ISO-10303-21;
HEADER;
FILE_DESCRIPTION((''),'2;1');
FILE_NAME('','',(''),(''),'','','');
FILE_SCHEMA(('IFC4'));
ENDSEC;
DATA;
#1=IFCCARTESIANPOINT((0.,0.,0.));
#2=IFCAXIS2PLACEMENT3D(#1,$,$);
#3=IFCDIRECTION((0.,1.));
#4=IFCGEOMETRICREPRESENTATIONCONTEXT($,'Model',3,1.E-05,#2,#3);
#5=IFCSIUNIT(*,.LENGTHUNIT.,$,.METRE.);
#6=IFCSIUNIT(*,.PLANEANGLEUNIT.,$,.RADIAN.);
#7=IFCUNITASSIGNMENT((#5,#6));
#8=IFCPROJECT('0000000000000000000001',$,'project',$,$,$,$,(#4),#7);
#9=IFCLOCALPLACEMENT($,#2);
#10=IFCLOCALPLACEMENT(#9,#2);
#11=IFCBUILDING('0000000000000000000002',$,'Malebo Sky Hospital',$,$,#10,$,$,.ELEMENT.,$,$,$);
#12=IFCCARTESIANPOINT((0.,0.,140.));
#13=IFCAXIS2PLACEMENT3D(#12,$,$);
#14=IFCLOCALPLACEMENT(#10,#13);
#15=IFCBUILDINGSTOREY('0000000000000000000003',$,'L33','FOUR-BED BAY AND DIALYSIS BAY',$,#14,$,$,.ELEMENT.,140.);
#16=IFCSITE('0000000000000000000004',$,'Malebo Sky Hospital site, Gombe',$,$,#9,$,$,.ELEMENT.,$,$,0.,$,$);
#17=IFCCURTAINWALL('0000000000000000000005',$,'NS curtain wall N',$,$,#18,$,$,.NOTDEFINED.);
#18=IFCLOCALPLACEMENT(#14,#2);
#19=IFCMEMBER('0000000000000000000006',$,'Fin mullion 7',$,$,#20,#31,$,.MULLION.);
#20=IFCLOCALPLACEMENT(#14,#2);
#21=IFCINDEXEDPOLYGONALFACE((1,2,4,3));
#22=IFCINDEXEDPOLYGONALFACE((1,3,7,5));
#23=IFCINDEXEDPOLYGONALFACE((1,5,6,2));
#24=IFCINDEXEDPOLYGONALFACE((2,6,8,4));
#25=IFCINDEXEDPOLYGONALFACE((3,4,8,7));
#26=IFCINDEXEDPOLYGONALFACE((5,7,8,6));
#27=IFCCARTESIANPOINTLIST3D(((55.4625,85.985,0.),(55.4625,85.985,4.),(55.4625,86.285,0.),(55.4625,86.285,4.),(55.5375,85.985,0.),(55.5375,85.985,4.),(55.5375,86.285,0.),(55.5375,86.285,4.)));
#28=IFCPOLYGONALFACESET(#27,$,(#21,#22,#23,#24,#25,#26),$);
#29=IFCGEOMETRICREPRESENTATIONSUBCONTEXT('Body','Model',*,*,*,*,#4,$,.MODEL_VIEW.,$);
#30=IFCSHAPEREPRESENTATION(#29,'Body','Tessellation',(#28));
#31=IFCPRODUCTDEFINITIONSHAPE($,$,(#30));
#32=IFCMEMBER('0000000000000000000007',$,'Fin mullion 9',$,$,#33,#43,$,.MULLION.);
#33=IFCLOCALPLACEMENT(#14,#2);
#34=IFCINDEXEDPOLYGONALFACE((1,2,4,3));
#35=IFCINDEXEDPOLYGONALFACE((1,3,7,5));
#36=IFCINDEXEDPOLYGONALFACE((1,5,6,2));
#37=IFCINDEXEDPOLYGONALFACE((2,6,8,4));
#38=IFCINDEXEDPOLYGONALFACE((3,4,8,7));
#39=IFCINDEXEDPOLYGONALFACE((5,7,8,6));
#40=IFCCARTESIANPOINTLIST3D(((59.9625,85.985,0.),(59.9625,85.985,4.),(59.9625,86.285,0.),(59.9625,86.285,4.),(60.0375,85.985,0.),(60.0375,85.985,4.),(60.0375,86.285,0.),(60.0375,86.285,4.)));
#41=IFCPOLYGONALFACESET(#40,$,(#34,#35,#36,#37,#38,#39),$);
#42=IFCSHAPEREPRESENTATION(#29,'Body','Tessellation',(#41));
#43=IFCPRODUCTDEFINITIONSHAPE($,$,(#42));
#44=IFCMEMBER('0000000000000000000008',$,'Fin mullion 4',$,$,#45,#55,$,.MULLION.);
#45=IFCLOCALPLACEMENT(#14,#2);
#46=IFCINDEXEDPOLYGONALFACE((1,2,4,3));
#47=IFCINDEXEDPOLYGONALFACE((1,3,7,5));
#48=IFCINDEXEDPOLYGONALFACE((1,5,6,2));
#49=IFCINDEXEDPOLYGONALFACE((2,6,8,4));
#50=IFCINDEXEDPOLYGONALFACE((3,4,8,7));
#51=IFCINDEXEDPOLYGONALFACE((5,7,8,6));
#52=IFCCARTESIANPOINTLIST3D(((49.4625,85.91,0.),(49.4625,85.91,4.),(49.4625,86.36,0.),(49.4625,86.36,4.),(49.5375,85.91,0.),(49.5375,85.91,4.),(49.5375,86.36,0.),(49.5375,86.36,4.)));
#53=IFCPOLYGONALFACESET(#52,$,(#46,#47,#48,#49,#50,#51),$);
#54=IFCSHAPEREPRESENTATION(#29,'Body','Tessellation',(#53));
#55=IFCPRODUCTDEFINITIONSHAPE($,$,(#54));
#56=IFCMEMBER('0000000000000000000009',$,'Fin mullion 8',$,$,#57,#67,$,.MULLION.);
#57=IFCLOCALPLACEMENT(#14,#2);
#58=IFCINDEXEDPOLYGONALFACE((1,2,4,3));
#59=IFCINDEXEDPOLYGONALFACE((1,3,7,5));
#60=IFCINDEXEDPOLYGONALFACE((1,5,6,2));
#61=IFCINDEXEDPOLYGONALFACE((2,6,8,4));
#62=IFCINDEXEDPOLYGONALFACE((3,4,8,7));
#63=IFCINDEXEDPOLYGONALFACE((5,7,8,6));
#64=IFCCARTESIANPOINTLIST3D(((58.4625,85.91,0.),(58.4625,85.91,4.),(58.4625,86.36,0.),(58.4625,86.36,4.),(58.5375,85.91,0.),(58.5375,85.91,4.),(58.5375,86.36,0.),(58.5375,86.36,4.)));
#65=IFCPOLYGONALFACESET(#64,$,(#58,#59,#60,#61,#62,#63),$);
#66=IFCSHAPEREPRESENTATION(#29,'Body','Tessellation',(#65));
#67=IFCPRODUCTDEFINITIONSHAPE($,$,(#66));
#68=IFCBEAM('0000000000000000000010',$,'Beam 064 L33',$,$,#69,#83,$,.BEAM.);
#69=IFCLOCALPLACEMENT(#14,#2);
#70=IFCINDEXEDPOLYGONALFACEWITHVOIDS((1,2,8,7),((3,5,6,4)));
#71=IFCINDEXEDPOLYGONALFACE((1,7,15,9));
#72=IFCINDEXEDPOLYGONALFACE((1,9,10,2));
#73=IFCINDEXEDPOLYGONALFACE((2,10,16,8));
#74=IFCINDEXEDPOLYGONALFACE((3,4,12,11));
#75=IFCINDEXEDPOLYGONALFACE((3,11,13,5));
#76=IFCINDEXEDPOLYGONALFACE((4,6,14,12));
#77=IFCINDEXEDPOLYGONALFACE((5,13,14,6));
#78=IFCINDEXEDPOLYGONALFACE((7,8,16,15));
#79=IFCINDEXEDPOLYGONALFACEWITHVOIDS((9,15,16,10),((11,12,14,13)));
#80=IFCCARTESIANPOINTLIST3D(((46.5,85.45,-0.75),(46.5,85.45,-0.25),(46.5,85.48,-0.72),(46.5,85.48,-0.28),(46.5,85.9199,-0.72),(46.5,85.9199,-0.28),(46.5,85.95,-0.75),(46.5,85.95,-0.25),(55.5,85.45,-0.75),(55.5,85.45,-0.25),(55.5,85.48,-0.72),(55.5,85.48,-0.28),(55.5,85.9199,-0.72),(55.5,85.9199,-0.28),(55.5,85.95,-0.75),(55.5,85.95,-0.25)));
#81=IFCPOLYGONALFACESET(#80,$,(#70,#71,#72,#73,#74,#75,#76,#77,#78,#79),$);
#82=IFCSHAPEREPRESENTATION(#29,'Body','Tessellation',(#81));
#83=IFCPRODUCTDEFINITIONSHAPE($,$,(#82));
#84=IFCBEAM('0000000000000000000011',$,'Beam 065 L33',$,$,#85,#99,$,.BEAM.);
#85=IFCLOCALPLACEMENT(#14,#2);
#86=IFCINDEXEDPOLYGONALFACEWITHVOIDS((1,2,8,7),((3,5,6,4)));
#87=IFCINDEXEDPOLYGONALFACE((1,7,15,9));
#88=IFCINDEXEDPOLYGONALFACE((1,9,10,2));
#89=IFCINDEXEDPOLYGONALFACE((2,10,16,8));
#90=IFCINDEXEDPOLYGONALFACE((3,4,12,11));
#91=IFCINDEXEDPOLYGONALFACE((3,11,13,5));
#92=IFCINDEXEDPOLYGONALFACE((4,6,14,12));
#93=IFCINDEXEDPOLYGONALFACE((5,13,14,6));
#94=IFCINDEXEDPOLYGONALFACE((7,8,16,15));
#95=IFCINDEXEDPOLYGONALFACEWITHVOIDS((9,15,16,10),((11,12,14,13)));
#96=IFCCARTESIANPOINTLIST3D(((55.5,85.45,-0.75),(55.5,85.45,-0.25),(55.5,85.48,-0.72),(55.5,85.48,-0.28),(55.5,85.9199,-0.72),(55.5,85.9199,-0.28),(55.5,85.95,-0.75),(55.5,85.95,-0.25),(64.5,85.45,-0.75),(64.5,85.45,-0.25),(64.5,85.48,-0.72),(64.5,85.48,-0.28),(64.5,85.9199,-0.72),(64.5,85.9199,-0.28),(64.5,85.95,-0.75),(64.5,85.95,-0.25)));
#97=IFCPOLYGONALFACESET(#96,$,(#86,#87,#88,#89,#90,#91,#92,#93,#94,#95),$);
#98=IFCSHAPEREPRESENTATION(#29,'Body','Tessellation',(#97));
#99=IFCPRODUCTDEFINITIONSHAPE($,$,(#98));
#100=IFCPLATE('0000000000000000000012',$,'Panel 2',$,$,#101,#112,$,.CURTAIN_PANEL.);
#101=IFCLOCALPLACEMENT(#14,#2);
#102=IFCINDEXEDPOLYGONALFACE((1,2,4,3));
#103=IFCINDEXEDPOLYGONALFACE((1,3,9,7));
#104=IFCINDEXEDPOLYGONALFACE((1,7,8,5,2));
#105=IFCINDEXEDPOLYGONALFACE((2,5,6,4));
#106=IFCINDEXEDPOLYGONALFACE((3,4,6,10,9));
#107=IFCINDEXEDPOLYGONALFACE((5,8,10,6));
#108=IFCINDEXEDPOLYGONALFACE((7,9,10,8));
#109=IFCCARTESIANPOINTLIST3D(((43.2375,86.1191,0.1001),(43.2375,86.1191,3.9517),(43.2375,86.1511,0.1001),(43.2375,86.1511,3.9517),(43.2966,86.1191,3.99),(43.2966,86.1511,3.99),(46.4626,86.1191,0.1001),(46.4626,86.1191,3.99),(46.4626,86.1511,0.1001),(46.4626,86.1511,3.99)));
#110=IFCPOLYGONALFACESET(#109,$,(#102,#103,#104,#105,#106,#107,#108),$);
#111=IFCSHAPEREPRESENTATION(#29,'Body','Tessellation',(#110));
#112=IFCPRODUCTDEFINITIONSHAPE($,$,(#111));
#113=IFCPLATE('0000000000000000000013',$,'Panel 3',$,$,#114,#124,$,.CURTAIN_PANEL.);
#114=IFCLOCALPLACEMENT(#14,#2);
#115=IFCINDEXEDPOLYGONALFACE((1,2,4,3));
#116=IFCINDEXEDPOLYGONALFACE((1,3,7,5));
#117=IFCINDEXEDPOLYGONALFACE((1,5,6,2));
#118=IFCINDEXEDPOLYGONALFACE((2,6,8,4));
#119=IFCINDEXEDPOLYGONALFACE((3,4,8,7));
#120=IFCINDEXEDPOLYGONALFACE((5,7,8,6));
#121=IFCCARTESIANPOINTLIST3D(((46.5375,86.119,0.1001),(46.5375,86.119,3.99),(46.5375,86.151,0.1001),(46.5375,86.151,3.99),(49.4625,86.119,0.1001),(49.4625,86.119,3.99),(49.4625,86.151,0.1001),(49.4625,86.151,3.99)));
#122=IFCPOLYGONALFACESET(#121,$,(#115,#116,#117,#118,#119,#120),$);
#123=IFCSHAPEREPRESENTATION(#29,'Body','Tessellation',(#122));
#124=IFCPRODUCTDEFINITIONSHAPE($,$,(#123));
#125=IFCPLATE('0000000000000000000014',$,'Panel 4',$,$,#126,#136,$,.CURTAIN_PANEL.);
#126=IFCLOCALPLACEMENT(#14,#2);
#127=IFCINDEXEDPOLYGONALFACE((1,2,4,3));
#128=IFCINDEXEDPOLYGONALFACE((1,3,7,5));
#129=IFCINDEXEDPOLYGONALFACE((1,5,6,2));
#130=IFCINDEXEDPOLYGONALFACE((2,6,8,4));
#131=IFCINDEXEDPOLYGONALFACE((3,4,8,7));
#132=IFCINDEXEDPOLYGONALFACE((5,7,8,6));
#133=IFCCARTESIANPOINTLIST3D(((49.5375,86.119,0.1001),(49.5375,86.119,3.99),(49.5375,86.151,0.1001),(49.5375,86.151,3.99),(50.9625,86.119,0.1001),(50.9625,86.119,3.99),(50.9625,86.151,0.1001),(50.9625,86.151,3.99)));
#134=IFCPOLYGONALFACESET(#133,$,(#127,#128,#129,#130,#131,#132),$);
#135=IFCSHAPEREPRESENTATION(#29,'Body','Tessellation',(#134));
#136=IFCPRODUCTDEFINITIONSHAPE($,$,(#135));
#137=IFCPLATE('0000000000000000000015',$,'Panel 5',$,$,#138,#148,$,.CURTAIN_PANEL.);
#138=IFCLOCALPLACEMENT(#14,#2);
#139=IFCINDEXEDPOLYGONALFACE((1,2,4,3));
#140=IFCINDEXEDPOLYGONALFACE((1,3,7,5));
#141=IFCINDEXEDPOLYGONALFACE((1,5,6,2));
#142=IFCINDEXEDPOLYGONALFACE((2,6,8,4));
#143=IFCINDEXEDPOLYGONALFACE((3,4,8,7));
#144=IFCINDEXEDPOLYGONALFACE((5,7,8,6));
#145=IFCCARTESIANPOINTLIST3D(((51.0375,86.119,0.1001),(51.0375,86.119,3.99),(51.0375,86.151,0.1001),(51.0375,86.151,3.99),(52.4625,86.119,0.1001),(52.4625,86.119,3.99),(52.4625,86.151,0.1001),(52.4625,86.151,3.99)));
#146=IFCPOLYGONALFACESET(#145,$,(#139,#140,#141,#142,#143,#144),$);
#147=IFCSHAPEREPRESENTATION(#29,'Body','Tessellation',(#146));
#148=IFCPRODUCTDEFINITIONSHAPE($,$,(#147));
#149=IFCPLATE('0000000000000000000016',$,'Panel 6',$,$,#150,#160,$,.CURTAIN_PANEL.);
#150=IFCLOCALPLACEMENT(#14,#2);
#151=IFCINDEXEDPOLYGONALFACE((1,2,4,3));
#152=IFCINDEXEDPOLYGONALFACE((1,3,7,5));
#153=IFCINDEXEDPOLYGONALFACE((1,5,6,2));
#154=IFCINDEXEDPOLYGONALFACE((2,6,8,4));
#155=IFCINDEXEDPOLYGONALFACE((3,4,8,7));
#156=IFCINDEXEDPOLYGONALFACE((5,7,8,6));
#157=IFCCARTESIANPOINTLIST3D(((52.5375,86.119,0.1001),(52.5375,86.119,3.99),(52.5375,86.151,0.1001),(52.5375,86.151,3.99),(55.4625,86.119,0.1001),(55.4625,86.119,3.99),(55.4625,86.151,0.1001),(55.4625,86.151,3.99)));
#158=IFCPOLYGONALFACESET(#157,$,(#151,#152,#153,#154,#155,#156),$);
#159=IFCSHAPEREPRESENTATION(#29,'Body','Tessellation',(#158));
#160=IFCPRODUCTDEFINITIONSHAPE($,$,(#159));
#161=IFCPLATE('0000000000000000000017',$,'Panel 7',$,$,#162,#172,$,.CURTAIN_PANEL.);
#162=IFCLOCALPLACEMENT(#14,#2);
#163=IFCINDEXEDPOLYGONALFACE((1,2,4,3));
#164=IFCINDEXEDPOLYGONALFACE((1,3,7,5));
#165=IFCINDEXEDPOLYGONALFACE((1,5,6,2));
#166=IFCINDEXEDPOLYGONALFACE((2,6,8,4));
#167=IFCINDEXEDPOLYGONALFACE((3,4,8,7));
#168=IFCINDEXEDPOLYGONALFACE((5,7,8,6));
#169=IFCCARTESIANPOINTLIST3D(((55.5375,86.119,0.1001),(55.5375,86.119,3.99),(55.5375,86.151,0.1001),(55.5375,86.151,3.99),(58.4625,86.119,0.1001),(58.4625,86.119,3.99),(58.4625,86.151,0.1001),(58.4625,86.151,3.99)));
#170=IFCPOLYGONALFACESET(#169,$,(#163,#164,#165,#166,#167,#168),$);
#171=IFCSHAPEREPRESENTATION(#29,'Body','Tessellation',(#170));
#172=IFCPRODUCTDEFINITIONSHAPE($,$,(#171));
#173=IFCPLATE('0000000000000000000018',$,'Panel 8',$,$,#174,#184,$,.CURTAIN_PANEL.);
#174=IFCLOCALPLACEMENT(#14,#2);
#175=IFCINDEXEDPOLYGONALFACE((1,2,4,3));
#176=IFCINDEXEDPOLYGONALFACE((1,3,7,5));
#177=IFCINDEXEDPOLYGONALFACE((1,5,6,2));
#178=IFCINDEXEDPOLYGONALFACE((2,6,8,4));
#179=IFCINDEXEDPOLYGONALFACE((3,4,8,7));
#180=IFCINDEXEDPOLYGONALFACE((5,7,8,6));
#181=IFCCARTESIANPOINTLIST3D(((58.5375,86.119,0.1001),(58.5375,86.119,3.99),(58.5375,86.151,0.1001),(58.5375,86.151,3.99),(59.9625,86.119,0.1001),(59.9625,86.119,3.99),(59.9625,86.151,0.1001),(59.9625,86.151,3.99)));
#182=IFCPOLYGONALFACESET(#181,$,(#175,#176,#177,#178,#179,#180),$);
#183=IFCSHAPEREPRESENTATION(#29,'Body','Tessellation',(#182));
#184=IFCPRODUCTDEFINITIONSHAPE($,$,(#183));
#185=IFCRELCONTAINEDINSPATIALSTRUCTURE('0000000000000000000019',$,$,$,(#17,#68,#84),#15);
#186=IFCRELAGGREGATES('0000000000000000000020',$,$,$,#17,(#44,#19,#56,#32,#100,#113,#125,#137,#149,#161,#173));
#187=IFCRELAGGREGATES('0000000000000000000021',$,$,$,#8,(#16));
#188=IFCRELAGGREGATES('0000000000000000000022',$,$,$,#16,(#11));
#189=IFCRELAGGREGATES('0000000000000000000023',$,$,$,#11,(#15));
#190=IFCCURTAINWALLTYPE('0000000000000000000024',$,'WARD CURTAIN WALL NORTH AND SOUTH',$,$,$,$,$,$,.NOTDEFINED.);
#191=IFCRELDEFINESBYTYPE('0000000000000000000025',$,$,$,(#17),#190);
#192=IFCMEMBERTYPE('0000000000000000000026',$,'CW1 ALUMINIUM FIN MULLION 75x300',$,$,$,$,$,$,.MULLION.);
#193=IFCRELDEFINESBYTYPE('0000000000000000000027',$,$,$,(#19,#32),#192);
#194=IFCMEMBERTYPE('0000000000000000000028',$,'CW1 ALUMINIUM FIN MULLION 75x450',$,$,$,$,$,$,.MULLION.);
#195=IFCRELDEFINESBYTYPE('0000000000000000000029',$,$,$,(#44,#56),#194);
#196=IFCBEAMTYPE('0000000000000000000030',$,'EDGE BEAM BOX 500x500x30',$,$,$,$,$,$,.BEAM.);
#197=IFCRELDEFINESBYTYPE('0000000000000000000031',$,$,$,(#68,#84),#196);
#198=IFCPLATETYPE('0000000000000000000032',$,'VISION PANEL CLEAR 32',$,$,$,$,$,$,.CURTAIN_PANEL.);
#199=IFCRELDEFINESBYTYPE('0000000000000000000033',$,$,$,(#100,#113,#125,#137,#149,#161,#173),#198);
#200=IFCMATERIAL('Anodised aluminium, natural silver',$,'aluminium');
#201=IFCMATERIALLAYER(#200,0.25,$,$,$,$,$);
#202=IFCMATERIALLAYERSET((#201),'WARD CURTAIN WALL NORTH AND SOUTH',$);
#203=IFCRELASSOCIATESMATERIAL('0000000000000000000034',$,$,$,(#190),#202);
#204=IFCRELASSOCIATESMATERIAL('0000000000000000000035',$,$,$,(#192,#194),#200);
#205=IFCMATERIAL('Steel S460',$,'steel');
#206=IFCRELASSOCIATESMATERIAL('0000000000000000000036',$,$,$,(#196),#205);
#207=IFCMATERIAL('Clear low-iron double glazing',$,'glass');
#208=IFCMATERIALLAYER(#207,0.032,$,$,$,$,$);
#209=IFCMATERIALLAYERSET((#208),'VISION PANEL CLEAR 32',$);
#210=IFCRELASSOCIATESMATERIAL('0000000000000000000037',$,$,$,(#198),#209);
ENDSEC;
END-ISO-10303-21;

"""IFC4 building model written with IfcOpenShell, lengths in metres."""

from ifc_helpers import new_model, si_unit, direction, frame, origin, origin_2d, place, context, subcontext, project, spatial, polyline, rectangle, hollow_rectangle, outline, extrude, material, layer, layer_set, material_profile, profile_set, type_object, element, aggregate, save


model = new_model("IFC4")

# Units and contexts
model_context = context("Model", 3, precision=1e-05, world=origin(), true_north=direction((0.0, 1.0)))
body_context = subcontext(model_context, "Body", "Model", "MODEL_VIEW")
ifc_project = project(units=[si_unit("LENGTHUNIT", "METRE"), si_unit("PLANEANGLEUNIT", "RADIAN")], contexts=[model_context])

# Site, building, storey
site_placement = place(None, origin())
site = spatial("IfcSite", under=ifc_project, at=site_placement, Name="Malebo Sky Hospital site, Gombe", CompositionType="ELEMENT", RefElevation=0.0)
building_placement = place(site_placement, origin())
building = spatial("IfcBuilding", under=site, at=building_placement, Name="Malebo Sky Hospital", CompositionType="ELEMENT")
storey_placement = place(building_placement, frame((0.0, 0.0, 140.0)))
storey = spatial("IfcBuildingStorey", under=building, at=storey_placement, Name="L33", Description="FOUR-BED BAY AND DIALYSIS BAY", CompositionType="ELEMENT", Elevation=140.0)

# Shared definitions
ifc_material_1 = material(Name="Steel S460", Category="steel")

# Curtain wall, members
ifc_material_2 = material(Name="Anodised aluminium, natural silver", Category="aluminium")
ifc_layer_1 = layer(ifc_material_2, 0.25)
ifc_layer_set_1 = layer_set([ifc_layer_1], Name="WARD CURTAIN WALL NORTH AND SOUTH")
curtain_wall_type = type_object("IfcCurtainWallType", Name="WARD CURTAIN WALL NORTH AND SOUTH", PredefinedType="NOTDEFINED", material=ifc_layer_set_1)
curtain_wall_placement = place(storey_placement, origin())
curtain_wall = element("IfcCurtainWall", 1, at=curtain_wall_placement, inside=storey, type_object=curtain_wall_type, Name="NS curtain wall N", PredefinedType="NOTDEFINED")
ifc_material_profile_1 = material_profile(ifc_material_2, rectangle(XDim=0.075, YDim=0.3, at=origin_2d()), Name="CW1 ALUMINIUM FIN MULLION 75x300")
ifc_profile_set_1 = profile_set([ifc_material_profile_1], Name="Anodised aluminium, natural silver")
member_type_1 = type_object("IfcMemberType", Name="CW1 ALUMINIUM FIN MULLION 75x300", PredefinedType="MULLION", material=ifc_profile_set_1)
member_1_placement = place(storey_placement, frame((55.5, 86.135, 0.0), z_axis=(0.0, 0.0, 1.0), x_axis=(1.0, 0.0, 0.0)))
member_1 = element("IfcMember", 2, at=member_1_placement, type_object=member_type_1, Name="Fin mullion 7", PredefinedType="MULLION", context=body_context, shape_type="SweptSolid", body=[
    extrude(rectangle(XDim=0.075, YDim=0.3, at=origin_2d()), origin(), (0.0, 0.0, 1.0), 4.0),
])
member_2_placement = place(storey_placement, frame((60.0, 86.135, 0.0), z_axis=(0.0, 0.0, 1.0), x_axis=(1.0, 0.0, 0.0)))
member_2 = element("IfcMember", 3, at=member_2_placement, type_object=member_type_1, Name="Fin mullion 9", PredefinedType="MULLION", context=body_context, shape_type="SweptSolid", body=[
    extrude(rectangle(XDim=0.075, YDim=0.3, at=origin_2d()), origin(), (0.0, 0.0, 1.0), 4.0),
])
ifc_material_profile_2 = material_profile(ifc_material_2, rectangle(XDim=0.075, YDim=0.45, at=origin_2d()), Name="CW1 ALUMINIUM FIN MULLION 75x450")
ifc_profile_set_2 = profile_set([ifc_material_profile_2], Name="Anodised aluminium, natural silver")
member_type_2 = type_object("IfcMemberType", Name="CW1 ALUMINIUM FIN MULLION 75x450", PredefinedType="MULLION", material=ifc_profile_set_2)
member_3_placement = place(storey_placement, frame((49.5, 86.135, 0.0), z_axis=(0.0, 0.0, 1.0), x_axis=(1.0, 0.0, 0.0)))
member_3 = element("IfcMember", 4, at=member_3_placement, type_object=member_type_2, Name="Fin mullion 4", PredefinedType="MULLION", context=body_context, shape_type="SweptSolid", body=[
    extrude(rectangle(XDim=0.075, YDim=0.45, at=origin_2d()), origin(), (0.0, 0.0, 1.0), 4.0),
])
member_4_placement = place(storey_placement, frame((58.5, 86.135, 0.0), z_axis=(0.0, 0.0, 1.0), x_axis=(1.0, 0.0, 0.0)))
member_4 = element("IfcMember", 5, at=member_4_placement, type_object=member_type_2, Name="Fin mullion 8", PredefinedType="MULLION", context=body_context, shape_type="SweptSolid", body=[
    extrude(rectangle(XDim=0.075, YDim=0.45, at=origin_2d()), origin(), (0.0, 0.0, 1.0), 4.0),
])

# Beams
ifc_material_profile_3 = material_profile(ifc_material_1, hollow_rectangle(XDim=0.5, YDim=0.5, WallThickness=0.03, at=origin_2d()), Name="BOX 500x500x30")
ifc_profile_set_3 = profile_set([ifc_material_profile_3], Name="Steel S460")
beam_type = type_object("IfcBeamType", Name="EDGE BEAM BOX 500x500x30", PredefinedType="BEAM", material=ifc_profile_set_3)
for number, where, z_axis, x_axis, name in (
    (6, (46.5, 85.7, -0.5), (1.0, 0.0, 0.0), (0.0, 1.0, 0.0), "Beam 064 L33"),
    (7, (55.5, 85.7, -0.5), (1.0, 0.0, 0.0), (0.0, 1.0, 0.0), "Beam 065 L33"),
):
    element("IfcBeam", number, at=place(storey_placement, frame(where, z_axis=z_axis, x_axis=x_axis)), inside=storey, type_object=beam_type, Name=name, PredefinedType="BEAM", context=body_context, shape_type="SweptSolid", body=[
        extrude(hollow_rectangle(XDim=0.5, YDim=0.5, WallThickness=0.03, at=origin_2d()), origin(), (0.0, 0.0, 1.0), 9.0),
    ])

# Plates
ifc_material_3 = material(Name="Clear low-iron double glazing", Category="glass")
ifc_layer_2 = layer(ifc_material_3, 0.032)
ifc_layer_set_2 = layer_set([ifc_layer_2], Name="VISION PANEL CLEAR 32")
plate_type = type_object("IfcPlateType", Name="VISION PANEL CLEAR 32", PredefinedType="CURTAIN_PANEL", material=ifc_layer_set_2)
plate_1_placement = place(storey_placement, frame((44.8501, 86.135, 0.1001), z_axis=(0.0, 0.0, 1.0), x_axis=(1.0, 0.0, 0.0)))
plate_1 = element("IfcPlate", 8, at=plate_1_placement, type_object=plate_type, Name="Panel 2", PredefinedType="CURTAIN_PANEL", context=body_context, shape_type="SweptSolid", body=[
    extrude(outline(polyline([(-1.6125, 0.0), (1.6125, 0.0), (1.6125, 3.8899), (-1.5535, 3.8899), (-1.6125, 3.8516), (-1.6125, 0.0)])), frame((0.0, 0.0161, 0.0), z_axis=(0.0, -1.0, 0.0), x_axis=(1.0, 0.0, 0.0)), (0.0, 0.0, 1.0), 0.032),
])
plate_2_placement = place(storey_placement, frame((48.0, 86.135, 0.1001), z_axis=(0.0, 0.0, 1.0), x_axis=(1.0, 0.0, 0.0)))
plate_2 = element("IfcPlate", 9, at=plate_2_placement, type_object=plate_type, Name="Panel 3", PredefinedType="CURTAIN_PANEL", context=body_context, shape_type="SweptSolid", body=[
    extrude(rectangle(XDim=2.925, YDim=0.032, at=origin_2d()), origin(), (0.0, 0.0, 1.0), 3.8899),
])
plate_3_placement = place(storey_placement, frame((50.25, 86.135, 0.1001), z_axis=(0.0, 0.0, 1.0), x_axis=(1.0, 0.0, 0.0)))
plate_3 = element("IfcPlate", 10, at=plate_3_placement, type_object=plate_type, Name="Panel 4", PredefinedType="CURTAIN_PANEL", context=body_context, shape_type="SweptSolid", body=[
    extrude(rectangle(XDim=1.425, YDim=0.032, at=origin_2d()), origin(), (0.0, 0.0, 1.0), 3.8899),
])
plate_4_placement = place(storey_placement, frame((51.75, 86.135, 0.1001), z_axis=(0.0, 0.0, 1.0), x_axis=(1.0, 0.0, 0.0)))
plate_4 = element("IfcPlate", 11, at=plate_4_placement, type_object=plate_type, Name="Panel 5", PredefinedType="CURTAIN_PANEL", context=body_context, shape_type="SweptSolid", body=[
    extrude(rectangle(XDim=1.425, YDim=0.032, at=origin_2d()), origin(), (0.0, 0.0, 1.0), 3.8899),
])
plate_5_placement = place(storey_placement, frame((54.0, 86.135, 0.1001), z_axis=(0.0, 0.0, 1.0), x_axis=(1.0, 0.0, 0.0)))
plate_5 = element("IfcPlate", 12, at=plate_5_placement, type_object=plate_type, Name="Panel 6", PredefinedType="CURTAIN_PANEL", context=body_context, shape_type="SweptSolid", body=[
    extrude(rectangle(XDim=2.925, YDim=0.032, at=origin_2d()), origin(), (0.0, 0.0, 1.0), 3.8899),
])
plate_6_placement = place(storey_placement, frame((57.0, 86.135, 0.1001), z_axis=(0.0, 0.0, 1.0), x_axis=(1.0, 0.0, 0.0)))
plate_6 = element("IfcPlate", 13, at=plate_6_placement, type_object=plate_type, Name="Panel 7", PredefinedType="CURTAIN_PANEL", context=body_context, shape_type="SweptSolid", body=[
    extrude(rectangle(XDim=2.925, YDim=0.032, at=origin_2d()), origin(), (0.0, 0.0, 1.0), 3.8899),
])
plate_7_placement = place(storey_placement, frame((59.25, 86.135, 0.1001), z_axis=(0.0, 0.0, 1.0), x_axis=(1.0, 0.0, 0.0)))
plate_7 = element("IfcPlate", 14, at=plate_7_placement, type_object=plate_type, Name="Panel 8", PredefinedType="CURTAIN_PANEL", context=body_context, shape_type="SweptSolid", body=[
    extrude(rectangle(XDim=1.425, YDim=0.032, at=origin_2d()), origin(), (0.0, 0.0, 1.0), 3.8899),
])
aggregate(curtain_wall, [member_3, member_1, member_4, member_2, plate_1, plate_2, plate_3, plate_4, plate_5, plate_6, plate_7])

save(model, "model.ifc")
